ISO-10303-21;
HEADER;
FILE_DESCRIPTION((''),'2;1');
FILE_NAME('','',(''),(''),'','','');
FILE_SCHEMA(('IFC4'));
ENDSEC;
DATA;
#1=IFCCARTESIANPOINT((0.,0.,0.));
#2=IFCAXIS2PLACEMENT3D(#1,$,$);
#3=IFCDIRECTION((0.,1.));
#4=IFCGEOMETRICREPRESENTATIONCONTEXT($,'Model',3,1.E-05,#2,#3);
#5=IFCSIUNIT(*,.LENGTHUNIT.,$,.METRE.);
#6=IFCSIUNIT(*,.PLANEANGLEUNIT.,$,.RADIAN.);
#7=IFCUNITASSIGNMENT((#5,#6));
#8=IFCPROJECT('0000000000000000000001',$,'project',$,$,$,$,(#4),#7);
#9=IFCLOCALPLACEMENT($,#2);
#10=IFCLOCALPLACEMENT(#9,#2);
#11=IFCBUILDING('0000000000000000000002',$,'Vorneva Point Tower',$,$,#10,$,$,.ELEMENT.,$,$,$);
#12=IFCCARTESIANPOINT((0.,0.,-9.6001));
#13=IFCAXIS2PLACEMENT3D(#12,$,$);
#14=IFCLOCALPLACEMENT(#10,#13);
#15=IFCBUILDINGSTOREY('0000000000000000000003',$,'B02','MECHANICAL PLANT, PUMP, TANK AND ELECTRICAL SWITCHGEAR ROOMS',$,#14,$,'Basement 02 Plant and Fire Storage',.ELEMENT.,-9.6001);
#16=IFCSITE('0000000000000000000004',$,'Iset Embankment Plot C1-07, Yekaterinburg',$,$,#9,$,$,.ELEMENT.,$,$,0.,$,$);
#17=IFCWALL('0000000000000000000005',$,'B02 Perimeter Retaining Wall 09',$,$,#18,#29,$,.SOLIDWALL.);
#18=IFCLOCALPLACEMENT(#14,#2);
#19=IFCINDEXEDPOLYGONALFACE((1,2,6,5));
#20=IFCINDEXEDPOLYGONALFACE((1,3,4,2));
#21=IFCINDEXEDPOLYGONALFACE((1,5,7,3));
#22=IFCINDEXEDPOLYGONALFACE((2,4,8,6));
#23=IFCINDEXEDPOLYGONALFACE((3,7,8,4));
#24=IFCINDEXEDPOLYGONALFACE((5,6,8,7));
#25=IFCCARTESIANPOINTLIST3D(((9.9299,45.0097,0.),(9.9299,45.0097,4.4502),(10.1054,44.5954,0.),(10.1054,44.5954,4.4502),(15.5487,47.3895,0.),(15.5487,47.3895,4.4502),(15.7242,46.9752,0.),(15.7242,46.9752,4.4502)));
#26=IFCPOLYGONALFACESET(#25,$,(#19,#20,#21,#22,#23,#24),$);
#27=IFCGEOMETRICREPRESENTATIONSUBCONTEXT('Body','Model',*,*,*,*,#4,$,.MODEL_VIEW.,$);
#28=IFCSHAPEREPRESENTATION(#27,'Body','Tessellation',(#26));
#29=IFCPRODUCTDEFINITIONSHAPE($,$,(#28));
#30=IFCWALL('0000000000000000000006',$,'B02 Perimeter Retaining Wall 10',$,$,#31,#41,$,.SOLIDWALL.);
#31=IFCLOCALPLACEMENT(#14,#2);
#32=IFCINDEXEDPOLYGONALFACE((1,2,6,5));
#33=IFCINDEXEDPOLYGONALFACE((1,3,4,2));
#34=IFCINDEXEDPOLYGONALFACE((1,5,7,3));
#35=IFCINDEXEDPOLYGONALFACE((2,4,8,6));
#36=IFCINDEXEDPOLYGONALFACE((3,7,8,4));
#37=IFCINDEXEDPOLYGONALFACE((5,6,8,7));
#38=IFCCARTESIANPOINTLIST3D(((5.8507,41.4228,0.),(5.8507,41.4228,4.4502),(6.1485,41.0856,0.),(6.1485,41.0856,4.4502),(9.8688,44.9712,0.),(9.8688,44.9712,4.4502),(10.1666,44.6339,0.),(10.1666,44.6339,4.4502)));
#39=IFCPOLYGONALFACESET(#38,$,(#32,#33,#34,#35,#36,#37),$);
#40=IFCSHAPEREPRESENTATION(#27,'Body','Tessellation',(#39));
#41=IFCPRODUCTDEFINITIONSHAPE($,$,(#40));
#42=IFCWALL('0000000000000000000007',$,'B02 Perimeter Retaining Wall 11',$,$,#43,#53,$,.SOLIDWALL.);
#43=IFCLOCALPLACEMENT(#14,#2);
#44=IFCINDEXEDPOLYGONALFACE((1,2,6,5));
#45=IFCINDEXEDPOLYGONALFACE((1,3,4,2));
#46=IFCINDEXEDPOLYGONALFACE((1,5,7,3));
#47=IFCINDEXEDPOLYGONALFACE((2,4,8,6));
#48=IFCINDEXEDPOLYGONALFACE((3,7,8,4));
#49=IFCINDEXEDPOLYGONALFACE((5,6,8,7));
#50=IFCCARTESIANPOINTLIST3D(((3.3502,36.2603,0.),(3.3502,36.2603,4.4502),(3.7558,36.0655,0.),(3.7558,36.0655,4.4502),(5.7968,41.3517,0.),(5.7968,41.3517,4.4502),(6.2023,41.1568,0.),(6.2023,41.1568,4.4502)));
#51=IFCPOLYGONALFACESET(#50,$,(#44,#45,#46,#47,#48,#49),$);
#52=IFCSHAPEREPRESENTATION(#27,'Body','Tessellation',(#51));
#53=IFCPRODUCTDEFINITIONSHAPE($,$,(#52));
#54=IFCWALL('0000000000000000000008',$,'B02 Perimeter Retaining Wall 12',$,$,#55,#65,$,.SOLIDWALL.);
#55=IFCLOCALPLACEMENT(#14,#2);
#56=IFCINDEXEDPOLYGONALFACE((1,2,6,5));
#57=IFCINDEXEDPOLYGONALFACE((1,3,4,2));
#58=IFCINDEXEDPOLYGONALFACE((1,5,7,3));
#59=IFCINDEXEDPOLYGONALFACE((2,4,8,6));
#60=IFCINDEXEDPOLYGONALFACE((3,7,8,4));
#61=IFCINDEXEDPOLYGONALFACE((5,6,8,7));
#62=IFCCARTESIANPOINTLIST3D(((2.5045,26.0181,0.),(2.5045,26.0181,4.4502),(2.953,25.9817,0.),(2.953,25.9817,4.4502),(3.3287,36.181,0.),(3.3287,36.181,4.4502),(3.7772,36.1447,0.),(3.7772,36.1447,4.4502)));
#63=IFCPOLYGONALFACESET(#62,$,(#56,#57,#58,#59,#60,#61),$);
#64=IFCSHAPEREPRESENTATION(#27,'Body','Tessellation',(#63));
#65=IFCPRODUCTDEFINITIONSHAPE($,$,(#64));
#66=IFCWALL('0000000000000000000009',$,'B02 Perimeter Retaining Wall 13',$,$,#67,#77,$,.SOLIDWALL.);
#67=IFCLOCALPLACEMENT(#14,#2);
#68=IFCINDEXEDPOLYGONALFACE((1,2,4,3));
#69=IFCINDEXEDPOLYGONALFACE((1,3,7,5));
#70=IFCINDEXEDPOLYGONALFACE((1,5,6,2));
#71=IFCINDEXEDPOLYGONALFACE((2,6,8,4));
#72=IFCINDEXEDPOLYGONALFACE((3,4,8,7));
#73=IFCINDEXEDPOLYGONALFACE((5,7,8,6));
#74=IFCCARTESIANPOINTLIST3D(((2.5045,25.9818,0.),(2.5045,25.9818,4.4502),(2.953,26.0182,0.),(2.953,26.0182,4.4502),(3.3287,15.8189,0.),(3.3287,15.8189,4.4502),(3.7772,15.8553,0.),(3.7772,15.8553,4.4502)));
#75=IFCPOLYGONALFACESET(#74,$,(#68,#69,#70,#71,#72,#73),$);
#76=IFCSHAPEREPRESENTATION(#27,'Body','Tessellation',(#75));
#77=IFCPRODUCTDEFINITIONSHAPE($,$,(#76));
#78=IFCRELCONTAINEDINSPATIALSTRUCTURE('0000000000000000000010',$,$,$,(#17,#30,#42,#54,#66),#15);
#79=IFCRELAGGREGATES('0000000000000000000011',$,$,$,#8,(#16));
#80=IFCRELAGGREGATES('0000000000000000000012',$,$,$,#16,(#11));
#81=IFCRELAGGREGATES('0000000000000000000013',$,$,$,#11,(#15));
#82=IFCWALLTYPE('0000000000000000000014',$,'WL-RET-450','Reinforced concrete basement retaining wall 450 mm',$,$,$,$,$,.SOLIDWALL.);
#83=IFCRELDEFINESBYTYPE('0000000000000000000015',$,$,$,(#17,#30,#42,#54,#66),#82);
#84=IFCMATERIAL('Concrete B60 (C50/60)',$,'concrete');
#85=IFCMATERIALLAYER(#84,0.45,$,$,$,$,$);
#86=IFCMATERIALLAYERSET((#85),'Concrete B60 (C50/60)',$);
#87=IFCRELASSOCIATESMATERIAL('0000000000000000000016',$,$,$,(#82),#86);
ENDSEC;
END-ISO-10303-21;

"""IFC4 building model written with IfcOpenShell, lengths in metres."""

from ifc_helpers import new_model, si_unit, direction, frame, frame_2d, origin, place, context, subcontext, project, spatial, rectangle, extrude, material, layer, layer_set, type_object, element, save


model = new_model("IFC4")

# Units and contexts
model_context = context("Model", 3, precision=1e-05, world=origin(), true_north=direction((0.0, 1.0)))
body_context = subcontext(model_context, "Body", "Model", "MODEL_VIEW")
ifc_project = project(units=[si_unit("LENGTHUNIT", "METRE"), si_unit("PLANEANGLEUNIT", "RADIAN")], contexts=[model_context])

# Site, building, storey
site_placement = place(None, origin())
site = spatial("IfcSite", under=ifc_project, at=site_placement, Name="Iset Embankment Plot C1-07, Yekaterinburg", CompositionType="ELEMENT", RefElevation=0.0)
building_placement = place(site_placement, origin())
building = spatial("IfcBuilding", under=site, at=building_placement, Name="Vorneva Point Tower", CompositionType="ELEMENT")
storey_placement = place(building_placement, frame((0.0, 0.0, -9.6001)))
storey = spatial("IfcBuildingStorey", under=building, at=storey_placement, Name="B02", Description="MECHANICAL PLANT, PUMP, TANK AND ELECTRICAL SWITCHGEAR ROOMS", LongName="Basement 02 Plant and Fire Storage", CompositionType="ELEMENT", Elevation=-9.6001)

# Shared definitions
ifc_material_1 = material(Name="Concrete B60 (C50/60)", Category="concrete")

# Walls
ifc_layer_1 = layer(ifc_material_1, 0.45)
ifc_layer_set_1 = layer_set([ifc_layer_1], Name="Concrete B60 (C50/60)")
wall_type_1 = type_object("IfcWallType", Name="WL-RET-450", Description="Reinforced concrete basement retaining wall 450 mm", PredefinedType="SOLIDWALL", material=ifc_layer_set_1)
wall_1_placement = place(storey_placement, frame((15.6365, 47.1824, 0.0), z_axis=(0.0, 0.0, 1.0), x_axis=(-0.920811, -0.390009, 0.0)))
element("IfcWall", 1, at=wall_1_placement, inside=storey, type_object=wall_type_1, Name="B02 Perimeter Retaining Wall 09", PredefinedType="SOLIDWALL", context=body_context, shape_type="SweptSolid", body=[
    extrude(rectangle(XDim=6.1021, YDim=0.45, at=frame_2d((3.051, 0.0))), origin(), (0.0, 0.0, 1.0), 4.4502),
])
wall_2_placement = place(storey_placement, frame((10.0176, 44.8025, 0.0), z_axis=(0.0, 0.0, 1.0), x_axis=(-0.749561, -0.661935, 0.0)))
element("IfcWall", 2, at=wall_2_placement, inside=storey, type_object=wall_type_1, Name="B02 Perimeter Retaining Wall 10", PredefinedType="SOLIDWALL", context=body_context, shape_type="SweptSolid", body=[
    extrude(rectangle(XDim=5.3606, YDim=0.45, at=frame_2d((2.6802, 0.0))), origin(), (0.0, 0.0, 1.0), 4.4502),
])
wall_3_placement = place(storey_placement, frame((5.9995, 41.2542, 0.0), z_axis=(0.0, 0.0, 1.0), x_axis=(-0.43312, -0.901336, 0.0)))
element("IfcWall", 3, at=wall_3_placement, inside=storey, type_object=wall_type_1, Name="B02 Perimeter Retaining Wall 11", PredefinedType="SOLIDWALL", context=body_context, shape_type="SweptSolid", body=[
    extrude(rectangle(XDim=5.6487, YDim=0.45, at=frame_2d((2.8242, 0.0))), origin(), (0.0, 0.0, 1.0), 4.4502),
])
for number, where, z_axis, x_axis, name in (
    (4, (3.553, 36.1628, 0.0), (0.0, 0.0, 1.0), (-0.080836, -0.996727, 0.0), "B02 Perimeter Retaining Wall 12"),
    (5, (2.7288, 26.0, 0.0), (0.0, 0.0, 1.0), (0.080836, -0.996727, 0.0), "B02 Perimeter Retaining Wall 13"),
):
    element("IfcWall", number, at=place(storey_placement, frame(where, z_axis=z_axis, x_axis=x_axis)), inside=storey, type_object=wall_type_1, Name=name, PredefinedType="SOLIDWALL", context=body_context, shape_type="SweptSolid", body=[
        extrude(rectangle(XDim=10.1963, YDim=0.45, at=frame_2d((5.0981, 0.0))), origin(), (0.0, 0.0, 1.0), 4.4502),
    ])

save(model, "model.ifc")
